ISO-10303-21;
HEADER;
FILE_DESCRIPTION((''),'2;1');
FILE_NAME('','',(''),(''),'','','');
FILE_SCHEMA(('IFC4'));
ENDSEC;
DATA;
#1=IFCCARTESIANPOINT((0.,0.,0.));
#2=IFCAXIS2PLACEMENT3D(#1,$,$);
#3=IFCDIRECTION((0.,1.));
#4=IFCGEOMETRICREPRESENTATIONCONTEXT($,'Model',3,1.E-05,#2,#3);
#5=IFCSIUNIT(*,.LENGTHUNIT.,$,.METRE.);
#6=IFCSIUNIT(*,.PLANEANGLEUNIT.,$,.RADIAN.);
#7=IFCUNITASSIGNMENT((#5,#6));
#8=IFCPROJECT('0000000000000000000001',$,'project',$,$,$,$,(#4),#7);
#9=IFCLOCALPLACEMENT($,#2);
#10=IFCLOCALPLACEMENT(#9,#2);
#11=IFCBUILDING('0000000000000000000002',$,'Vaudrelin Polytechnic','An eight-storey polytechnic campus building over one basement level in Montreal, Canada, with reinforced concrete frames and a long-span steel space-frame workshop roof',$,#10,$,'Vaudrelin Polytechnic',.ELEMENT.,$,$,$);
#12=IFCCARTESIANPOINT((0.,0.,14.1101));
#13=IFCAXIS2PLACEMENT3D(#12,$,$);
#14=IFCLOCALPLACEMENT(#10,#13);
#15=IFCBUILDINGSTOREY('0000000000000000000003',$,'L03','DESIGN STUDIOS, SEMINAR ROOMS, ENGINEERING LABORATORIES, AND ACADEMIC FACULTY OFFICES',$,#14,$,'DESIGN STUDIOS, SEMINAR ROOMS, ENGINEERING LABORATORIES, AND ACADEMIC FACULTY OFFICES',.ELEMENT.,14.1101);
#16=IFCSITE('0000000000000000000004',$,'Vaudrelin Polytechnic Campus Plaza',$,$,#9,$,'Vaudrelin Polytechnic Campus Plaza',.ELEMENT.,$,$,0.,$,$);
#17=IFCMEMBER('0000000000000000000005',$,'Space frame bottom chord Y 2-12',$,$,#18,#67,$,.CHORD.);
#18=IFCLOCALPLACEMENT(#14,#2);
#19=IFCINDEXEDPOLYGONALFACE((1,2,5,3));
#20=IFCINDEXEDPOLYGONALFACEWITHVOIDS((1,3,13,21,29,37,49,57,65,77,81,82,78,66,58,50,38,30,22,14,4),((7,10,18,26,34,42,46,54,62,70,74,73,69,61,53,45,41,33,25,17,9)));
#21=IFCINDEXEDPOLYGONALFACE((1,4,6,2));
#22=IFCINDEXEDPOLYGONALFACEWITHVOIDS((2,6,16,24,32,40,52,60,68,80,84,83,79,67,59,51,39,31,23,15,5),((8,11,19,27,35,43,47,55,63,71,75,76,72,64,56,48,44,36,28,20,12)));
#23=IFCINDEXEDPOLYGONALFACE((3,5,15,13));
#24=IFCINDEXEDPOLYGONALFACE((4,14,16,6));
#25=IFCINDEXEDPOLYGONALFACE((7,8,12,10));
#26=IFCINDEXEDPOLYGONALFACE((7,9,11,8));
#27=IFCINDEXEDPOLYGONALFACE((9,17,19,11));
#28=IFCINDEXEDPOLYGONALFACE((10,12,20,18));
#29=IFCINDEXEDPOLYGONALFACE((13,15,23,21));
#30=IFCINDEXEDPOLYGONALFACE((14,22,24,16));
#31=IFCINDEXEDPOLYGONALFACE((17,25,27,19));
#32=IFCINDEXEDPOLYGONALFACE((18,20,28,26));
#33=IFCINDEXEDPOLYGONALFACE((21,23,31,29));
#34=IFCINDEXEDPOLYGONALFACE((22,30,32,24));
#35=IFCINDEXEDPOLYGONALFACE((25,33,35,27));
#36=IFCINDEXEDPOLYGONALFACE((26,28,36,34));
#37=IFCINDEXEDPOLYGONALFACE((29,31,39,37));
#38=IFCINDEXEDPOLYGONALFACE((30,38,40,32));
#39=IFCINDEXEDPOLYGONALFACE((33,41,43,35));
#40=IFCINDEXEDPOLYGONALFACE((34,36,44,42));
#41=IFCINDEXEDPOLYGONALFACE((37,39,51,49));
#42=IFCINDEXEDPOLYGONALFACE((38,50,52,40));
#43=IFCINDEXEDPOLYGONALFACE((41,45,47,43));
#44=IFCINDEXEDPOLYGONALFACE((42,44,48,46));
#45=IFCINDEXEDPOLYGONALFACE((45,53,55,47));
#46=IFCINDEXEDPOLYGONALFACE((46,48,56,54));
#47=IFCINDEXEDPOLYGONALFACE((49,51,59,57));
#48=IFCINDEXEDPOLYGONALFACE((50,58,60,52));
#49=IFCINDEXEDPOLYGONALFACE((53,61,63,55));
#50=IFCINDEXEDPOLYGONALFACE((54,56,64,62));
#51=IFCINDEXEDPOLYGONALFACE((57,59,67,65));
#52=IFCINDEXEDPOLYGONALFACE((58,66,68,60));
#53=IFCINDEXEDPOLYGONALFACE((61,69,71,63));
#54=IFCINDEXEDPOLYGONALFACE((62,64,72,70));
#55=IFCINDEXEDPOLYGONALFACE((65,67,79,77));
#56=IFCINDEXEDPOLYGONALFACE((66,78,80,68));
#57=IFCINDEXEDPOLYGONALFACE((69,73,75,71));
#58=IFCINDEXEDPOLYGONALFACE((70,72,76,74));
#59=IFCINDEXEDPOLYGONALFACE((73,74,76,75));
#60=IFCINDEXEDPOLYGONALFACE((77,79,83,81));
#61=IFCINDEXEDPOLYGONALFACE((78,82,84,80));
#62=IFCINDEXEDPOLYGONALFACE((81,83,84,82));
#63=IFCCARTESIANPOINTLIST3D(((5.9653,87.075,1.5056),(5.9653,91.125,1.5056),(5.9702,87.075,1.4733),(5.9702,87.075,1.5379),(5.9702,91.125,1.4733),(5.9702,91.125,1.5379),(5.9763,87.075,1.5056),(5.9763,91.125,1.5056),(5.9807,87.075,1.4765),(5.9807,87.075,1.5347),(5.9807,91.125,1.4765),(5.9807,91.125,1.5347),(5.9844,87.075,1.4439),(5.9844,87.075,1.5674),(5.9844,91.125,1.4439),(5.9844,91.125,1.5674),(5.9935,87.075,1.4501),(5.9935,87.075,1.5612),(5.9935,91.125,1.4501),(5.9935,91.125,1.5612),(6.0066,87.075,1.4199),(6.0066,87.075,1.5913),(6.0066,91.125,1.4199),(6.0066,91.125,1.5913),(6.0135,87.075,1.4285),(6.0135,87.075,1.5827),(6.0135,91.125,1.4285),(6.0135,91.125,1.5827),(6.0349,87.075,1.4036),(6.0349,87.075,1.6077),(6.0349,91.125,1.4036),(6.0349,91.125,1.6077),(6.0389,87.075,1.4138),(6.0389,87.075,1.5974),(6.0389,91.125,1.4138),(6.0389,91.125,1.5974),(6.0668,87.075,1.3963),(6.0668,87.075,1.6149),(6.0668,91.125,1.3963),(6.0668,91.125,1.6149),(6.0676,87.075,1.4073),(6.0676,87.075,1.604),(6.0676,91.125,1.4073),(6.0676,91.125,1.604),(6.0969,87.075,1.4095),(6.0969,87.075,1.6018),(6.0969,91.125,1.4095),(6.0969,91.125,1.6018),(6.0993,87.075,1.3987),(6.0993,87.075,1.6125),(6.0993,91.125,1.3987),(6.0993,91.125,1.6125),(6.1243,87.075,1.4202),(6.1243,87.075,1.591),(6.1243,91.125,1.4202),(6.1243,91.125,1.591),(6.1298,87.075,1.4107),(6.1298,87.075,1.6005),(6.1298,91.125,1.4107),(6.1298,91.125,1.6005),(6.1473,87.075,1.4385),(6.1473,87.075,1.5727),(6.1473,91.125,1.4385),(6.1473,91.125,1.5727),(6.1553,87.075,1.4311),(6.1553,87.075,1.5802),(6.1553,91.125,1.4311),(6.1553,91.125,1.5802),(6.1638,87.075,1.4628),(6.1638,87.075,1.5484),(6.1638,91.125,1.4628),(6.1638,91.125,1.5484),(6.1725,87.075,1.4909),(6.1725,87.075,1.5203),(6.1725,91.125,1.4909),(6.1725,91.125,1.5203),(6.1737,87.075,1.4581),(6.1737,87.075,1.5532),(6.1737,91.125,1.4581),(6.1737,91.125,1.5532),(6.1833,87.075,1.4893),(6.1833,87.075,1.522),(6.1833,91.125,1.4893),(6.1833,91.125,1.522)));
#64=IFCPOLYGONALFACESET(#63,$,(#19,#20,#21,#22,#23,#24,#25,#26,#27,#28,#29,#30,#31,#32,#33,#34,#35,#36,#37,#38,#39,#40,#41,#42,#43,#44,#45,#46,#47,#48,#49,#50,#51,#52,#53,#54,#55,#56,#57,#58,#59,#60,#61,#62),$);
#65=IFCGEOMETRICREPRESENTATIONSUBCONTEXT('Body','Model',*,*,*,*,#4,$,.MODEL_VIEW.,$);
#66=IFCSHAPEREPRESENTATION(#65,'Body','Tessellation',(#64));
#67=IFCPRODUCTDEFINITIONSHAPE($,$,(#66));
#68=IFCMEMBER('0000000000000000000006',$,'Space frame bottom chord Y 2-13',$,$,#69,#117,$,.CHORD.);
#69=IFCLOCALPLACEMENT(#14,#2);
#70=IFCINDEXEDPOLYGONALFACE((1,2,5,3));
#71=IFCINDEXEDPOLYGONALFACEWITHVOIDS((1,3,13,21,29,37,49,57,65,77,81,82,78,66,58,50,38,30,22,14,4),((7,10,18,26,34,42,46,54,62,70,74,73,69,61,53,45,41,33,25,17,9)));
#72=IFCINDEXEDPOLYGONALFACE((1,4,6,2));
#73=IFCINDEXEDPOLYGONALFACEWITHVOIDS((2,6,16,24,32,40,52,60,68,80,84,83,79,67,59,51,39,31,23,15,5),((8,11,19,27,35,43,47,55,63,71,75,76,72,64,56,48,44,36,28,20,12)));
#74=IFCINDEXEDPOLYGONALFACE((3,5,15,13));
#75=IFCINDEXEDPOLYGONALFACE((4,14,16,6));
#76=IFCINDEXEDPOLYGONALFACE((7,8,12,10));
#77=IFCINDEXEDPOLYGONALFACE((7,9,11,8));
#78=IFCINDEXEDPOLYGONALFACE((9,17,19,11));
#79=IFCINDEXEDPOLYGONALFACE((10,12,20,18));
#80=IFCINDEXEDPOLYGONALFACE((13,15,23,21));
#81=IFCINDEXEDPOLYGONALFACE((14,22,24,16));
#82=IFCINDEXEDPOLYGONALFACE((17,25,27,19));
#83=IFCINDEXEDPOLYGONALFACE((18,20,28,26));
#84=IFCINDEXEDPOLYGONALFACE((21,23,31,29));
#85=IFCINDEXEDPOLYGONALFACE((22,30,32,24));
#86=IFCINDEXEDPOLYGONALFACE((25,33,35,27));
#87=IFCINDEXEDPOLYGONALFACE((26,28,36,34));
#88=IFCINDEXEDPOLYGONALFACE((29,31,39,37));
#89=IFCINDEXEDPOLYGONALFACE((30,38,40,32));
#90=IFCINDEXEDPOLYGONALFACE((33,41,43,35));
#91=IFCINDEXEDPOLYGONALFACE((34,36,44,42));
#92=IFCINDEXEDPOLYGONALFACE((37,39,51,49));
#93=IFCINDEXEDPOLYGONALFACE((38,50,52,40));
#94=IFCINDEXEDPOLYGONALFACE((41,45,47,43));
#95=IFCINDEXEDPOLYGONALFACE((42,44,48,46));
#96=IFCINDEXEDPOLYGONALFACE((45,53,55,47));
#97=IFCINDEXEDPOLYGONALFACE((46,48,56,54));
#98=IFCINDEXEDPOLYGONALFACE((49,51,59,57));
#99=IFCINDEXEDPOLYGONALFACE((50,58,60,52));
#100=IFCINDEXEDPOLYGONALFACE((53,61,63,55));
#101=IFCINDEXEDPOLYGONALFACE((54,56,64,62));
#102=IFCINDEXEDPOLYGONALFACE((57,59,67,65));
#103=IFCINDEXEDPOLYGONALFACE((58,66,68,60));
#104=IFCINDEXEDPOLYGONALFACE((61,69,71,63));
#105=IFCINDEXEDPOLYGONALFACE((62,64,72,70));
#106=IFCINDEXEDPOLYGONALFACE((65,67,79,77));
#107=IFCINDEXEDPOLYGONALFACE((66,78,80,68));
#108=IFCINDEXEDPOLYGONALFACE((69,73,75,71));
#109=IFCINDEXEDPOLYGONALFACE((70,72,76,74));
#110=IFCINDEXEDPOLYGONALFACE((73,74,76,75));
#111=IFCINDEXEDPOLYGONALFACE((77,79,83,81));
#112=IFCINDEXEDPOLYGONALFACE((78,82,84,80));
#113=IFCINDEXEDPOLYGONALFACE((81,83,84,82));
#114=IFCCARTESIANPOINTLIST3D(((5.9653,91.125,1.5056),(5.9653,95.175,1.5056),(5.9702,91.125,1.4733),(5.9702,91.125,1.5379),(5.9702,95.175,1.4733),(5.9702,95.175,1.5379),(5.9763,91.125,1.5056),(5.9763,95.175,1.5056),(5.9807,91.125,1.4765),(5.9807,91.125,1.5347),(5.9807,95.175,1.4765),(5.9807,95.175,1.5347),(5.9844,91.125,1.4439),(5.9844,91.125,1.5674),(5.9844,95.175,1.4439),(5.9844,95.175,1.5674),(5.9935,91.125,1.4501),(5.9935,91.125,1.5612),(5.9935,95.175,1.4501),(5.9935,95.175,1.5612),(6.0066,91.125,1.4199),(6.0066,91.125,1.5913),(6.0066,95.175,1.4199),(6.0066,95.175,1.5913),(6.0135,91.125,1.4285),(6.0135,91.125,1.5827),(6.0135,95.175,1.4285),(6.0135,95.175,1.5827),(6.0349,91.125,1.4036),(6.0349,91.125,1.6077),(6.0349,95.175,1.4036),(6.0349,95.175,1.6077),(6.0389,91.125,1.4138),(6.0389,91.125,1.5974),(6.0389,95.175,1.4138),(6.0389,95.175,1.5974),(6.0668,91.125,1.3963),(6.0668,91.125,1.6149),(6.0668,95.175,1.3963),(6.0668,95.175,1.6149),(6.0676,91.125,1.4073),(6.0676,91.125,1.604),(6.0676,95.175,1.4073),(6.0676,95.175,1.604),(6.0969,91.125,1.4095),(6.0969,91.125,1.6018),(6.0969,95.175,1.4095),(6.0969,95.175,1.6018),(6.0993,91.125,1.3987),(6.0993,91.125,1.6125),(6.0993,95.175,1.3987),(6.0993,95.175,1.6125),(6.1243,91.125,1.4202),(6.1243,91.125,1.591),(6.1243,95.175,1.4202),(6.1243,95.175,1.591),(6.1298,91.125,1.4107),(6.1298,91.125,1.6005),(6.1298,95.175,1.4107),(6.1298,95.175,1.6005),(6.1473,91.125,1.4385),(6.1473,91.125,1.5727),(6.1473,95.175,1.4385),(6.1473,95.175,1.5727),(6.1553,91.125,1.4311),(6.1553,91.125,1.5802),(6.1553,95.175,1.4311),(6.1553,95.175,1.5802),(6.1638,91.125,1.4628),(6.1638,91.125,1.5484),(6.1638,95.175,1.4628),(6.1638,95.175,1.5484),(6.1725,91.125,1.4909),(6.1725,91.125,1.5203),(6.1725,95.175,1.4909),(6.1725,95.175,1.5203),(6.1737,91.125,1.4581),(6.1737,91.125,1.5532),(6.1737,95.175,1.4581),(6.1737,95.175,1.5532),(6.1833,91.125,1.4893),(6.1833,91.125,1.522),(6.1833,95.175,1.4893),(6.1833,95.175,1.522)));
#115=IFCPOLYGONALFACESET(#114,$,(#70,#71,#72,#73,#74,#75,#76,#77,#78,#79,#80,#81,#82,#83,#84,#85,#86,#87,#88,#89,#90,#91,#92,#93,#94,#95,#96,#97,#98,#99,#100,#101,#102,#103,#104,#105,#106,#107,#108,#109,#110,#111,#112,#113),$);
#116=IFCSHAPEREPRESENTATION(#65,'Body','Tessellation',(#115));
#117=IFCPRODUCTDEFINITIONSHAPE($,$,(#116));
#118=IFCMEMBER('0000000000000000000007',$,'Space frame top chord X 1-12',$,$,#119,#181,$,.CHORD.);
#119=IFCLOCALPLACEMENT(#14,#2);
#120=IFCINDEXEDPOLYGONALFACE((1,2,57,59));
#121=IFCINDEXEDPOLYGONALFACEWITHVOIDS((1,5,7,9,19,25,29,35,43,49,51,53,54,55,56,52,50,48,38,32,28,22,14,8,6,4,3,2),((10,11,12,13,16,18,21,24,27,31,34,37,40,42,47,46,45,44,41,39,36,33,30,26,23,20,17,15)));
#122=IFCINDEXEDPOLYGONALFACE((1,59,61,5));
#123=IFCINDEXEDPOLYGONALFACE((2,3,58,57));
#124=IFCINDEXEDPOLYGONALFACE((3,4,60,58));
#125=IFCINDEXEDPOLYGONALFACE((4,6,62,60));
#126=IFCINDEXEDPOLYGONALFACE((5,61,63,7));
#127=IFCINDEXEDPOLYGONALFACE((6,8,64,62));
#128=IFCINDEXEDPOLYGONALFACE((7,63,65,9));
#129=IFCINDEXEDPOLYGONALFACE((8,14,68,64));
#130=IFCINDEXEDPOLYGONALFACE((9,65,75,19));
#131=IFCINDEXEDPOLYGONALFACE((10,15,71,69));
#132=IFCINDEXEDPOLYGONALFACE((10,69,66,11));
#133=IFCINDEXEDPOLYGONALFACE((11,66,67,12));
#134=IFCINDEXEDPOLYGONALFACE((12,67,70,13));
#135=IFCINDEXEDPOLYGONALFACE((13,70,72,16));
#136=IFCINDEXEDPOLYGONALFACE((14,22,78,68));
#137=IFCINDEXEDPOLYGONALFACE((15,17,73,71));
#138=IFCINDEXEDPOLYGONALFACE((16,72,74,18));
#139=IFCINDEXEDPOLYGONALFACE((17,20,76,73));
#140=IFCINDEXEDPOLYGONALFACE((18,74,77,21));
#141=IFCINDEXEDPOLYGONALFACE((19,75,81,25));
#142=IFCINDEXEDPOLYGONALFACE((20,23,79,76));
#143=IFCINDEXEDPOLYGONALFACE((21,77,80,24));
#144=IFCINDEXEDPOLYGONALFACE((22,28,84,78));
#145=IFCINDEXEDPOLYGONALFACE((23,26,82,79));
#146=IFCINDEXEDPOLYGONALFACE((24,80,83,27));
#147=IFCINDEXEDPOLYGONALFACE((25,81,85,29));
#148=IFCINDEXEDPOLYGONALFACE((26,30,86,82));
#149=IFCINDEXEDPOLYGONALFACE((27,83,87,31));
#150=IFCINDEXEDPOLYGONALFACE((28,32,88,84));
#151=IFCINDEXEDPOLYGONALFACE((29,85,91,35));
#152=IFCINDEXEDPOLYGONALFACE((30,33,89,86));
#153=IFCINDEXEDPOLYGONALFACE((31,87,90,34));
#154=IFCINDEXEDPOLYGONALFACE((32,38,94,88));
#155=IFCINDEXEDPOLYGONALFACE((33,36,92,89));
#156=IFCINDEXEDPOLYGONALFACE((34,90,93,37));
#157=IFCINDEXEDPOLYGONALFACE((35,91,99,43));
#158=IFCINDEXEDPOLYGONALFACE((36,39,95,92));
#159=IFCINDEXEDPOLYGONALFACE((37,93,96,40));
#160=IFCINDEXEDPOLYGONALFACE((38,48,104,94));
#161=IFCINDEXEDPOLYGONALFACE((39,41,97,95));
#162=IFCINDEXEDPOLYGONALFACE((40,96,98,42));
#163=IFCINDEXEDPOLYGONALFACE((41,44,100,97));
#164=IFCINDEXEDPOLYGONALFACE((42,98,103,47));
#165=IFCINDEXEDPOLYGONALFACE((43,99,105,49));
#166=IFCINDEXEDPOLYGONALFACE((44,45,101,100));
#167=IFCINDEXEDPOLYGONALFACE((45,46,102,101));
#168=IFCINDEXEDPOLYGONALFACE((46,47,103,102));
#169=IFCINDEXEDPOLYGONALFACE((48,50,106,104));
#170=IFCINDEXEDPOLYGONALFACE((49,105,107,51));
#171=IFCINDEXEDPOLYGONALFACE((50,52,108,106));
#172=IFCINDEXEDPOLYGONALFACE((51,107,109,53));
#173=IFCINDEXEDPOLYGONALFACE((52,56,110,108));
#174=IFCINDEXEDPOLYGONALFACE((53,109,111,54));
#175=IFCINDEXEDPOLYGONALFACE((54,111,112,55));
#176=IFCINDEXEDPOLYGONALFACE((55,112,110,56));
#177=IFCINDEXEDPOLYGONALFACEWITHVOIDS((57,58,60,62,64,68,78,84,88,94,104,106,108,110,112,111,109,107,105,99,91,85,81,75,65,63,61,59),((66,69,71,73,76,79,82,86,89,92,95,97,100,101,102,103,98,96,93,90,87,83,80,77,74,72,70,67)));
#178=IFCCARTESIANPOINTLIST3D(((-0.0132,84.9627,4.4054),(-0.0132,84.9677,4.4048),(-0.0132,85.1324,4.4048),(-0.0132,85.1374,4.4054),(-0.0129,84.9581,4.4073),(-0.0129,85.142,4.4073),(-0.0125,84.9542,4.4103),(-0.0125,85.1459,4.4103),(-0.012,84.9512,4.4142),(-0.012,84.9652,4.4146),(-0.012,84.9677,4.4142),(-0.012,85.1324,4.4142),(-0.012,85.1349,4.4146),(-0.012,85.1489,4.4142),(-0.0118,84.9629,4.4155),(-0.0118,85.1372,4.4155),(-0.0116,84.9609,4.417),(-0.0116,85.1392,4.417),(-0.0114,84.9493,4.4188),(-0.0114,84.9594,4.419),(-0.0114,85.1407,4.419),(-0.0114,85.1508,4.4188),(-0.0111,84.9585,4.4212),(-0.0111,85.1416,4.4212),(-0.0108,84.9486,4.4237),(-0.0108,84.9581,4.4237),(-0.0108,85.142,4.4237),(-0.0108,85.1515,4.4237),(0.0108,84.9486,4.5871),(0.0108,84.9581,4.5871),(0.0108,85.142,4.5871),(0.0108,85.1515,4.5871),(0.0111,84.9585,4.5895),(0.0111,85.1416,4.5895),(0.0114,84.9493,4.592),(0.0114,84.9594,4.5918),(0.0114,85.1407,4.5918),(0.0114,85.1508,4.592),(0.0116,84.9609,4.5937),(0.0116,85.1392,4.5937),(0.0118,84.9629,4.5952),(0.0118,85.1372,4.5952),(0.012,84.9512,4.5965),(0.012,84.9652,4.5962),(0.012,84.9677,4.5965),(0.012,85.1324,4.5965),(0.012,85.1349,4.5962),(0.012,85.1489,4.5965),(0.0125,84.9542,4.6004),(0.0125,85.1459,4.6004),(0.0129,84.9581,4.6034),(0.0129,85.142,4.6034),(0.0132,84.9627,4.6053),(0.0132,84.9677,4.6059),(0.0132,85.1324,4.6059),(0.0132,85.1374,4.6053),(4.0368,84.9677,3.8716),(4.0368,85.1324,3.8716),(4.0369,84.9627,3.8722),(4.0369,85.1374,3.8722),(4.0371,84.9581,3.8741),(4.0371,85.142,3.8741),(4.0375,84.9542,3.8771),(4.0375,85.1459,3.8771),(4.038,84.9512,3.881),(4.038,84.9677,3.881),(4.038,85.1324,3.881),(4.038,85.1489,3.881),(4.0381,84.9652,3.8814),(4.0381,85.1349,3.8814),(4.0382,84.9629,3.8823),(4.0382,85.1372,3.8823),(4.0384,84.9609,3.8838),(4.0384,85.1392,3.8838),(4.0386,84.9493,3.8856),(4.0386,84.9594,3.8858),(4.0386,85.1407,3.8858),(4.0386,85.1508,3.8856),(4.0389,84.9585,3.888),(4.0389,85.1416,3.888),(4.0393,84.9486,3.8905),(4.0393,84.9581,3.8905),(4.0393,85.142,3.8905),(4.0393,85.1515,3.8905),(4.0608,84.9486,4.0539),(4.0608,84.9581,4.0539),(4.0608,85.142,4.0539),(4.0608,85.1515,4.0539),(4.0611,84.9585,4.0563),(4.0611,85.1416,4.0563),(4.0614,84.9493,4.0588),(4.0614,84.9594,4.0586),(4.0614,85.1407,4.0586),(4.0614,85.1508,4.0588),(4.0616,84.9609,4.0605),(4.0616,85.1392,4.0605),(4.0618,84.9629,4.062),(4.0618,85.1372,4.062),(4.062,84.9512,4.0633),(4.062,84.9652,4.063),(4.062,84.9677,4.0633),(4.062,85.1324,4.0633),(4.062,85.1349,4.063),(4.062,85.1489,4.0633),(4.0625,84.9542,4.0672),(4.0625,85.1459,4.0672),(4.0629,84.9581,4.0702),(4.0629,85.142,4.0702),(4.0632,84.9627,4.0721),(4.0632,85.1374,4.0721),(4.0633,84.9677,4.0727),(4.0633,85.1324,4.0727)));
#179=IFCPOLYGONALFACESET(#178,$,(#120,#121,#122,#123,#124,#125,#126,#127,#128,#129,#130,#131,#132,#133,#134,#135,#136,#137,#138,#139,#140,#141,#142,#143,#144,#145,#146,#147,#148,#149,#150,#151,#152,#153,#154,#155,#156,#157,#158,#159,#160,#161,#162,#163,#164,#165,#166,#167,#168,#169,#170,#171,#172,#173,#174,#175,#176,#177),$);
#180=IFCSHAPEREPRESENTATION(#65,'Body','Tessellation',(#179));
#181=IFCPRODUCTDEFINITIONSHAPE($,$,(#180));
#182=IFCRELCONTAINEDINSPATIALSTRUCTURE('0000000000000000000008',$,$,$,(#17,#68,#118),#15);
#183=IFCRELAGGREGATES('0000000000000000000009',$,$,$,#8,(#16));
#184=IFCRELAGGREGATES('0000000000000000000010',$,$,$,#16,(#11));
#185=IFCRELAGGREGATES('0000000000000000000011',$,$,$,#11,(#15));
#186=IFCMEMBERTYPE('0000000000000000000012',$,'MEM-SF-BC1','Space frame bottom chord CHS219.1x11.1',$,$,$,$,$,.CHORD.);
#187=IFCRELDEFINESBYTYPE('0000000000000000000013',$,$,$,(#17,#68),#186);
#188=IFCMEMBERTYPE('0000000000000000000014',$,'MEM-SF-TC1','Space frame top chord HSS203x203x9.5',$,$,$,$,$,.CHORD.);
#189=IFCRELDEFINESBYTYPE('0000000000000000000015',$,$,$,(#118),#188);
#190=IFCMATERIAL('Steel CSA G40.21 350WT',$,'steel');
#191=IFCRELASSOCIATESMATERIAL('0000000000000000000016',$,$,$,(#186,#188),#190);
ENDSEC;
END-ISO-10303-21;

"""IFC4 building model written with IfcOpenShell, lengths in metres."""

from ifc_helpers import new_model, si_unit, direction, frame, origin, origin_2d, place, context, subcontext, project, spatial, hollow_rectangle, hollow_circle, extrude, material, material_profile, profile_set, type_object, element, save


model = new_model("IFC4")

# Units and contexts
model_context = context("Model", 3, precision=1e-05, world=origin(), true_north=direction((0.0, 1.0)))
body_context = subcontext(model_context, "Body", "Model", "MODEL_VIEW")
ifc_project = project(units=[si_unit("LENGTHUNIT", "METRE"), si_unit("PLANEANGLEUNIT", "RADIAN")], contexts=[model_context])

# Site, building, storey
site_placement = place(None, origin())
site = spatial("IfcSite", under=ifc_project, at=site_placement, Name="Vaudrelin Polytechnic Campus Plaza", LongName="Vaudrelin Polytechnic Campus Plaza", CompositionType="ELEMENT", RefElevation=0.0)
building_placement = place(site_placement, origin())
building = spatial("IfcBuilding", under=site, at=building_placement, Name="Vaudrelin Polytechnic", Description="An eight-storey polytechnic campus building over one basement level in Montreal, Canada, with reinforced concrete frames and a long-span steel space-frame workshop roof", LongName="Vaudrelin Polytechnic", CompositionType="ELEMENT")
storey_placement = place(building_placement, frame((0.0, 0.0, 14.1101)))
storey = spatial("IfcBuildingStorey", under=building, at=storey_placement, Name="L03", Description="DESIGN STUDIOS, SEMINAR ROOMS, ENGINEERING LABORATORIES, AND ACADEMIC FACULTY OFFICES", LongName="DESIGN STUDIOS, SEMINAR ROOMS, ENGINEERING LABORATORIES, AND ACADEMIC FACULTY OFFICES", CompositionType="ELEMENT", Elevation=14.1101)

# Members
ifc_material_1 = material(Name="Steel CSA G40.21 350WT", Category="steel")
ifc_material_profile_1 = material_profile(ifc_material_1, hollow_circle(Radius=0.1096, WallThickness=0.011, at=origin_2d()), Name="CHS219.1x11.1")
ifc_profile_set_1 = profile_set([ifc_material_profile_1], Name="Steel CSA G40.21 350WT")
member_type_1 = type_object("IfcMemberType", Name="MEM-SF-BC1", Description="Space frame bottom chord CHS219.1x11.1", PredefinedType="CHORD", material=ifc_profile_set_1)
for number, where, z_axis, x_axis, name in (
    (1, (6.075, 87.075, 1.5056), (0.0, 1.0, 0.0), (-1.0, 0.0, 0.0), "Space frame bottom chord Y 2-12"),
    (2, (6.075, 91.125, 1.5056), (0.0, 1.0, 0.0), (-1.0, 0.0, 0.0), "Space frame bottom chord Y 2-13"),
):
    element("IfcMember", number, at=place(storey_placement, frame(where, z_axis=z_axis, x_axis=x_axis)), inside=storey, type_object=member_type_1, Name=name, PredefinedType="CHORD", context=body_context, shape_type="SweptSolid", body=[
        extrude(hollow_circle(Radius=0.1096, WallThickness=0.011, at=origin_2d()), origin(), (0.0, 0.0, 1.0), 4.05),
    ])
ifc_material_profile_2 = material_profile(ifc_material_1, hollow_rectangle(XDim=0.2029, YDim=0.2029, WallThickness=0.0095, InnerFilletRadius=0.0095, OuterFilletRadius=0.019, at=origin_2d()), Name="HSS203x203x9.5")
ifc_profile_set_2 = profile_set([ifc_material_profile_2], Name="Steel CSA G40.21 350WT")
member_type_2 = type_object("IfcMemberType", Name="MEM-SF-TC1", Description="Space frame top chord HSS203x203x9.5", PredefinedType="CHORD", material=ifc_profile_set_2)
for number, where, z_axis, x_axis, name in (
    (3, (0.0, 85.05, 4.5054), (0.991445, 0.0, -0.130527), (0.0, 1.0, 0.0), "Space frame top chord X 1-12"),
):
    element("IfcMember", number, at=place(storey_placement, frame(where, z_axis=z_axis, x_axis=x_axis)), inside=storey, type_object=member_type_2, Name=name, PredefinedType="CHORD", context=body_context, shape_type="SweptSolid", body=[
        extrude(hollow_rectangle(XDim=0.2029, YDim=0.2029, WallThickness=0.0095, InnerFilletRadius=0.0095, OuterFilletRadius=0.019, at=origin_2d()), origin(), (0.0, 0.0, 1.0), 4.085),
    ])

save(model, "model.ifc")
